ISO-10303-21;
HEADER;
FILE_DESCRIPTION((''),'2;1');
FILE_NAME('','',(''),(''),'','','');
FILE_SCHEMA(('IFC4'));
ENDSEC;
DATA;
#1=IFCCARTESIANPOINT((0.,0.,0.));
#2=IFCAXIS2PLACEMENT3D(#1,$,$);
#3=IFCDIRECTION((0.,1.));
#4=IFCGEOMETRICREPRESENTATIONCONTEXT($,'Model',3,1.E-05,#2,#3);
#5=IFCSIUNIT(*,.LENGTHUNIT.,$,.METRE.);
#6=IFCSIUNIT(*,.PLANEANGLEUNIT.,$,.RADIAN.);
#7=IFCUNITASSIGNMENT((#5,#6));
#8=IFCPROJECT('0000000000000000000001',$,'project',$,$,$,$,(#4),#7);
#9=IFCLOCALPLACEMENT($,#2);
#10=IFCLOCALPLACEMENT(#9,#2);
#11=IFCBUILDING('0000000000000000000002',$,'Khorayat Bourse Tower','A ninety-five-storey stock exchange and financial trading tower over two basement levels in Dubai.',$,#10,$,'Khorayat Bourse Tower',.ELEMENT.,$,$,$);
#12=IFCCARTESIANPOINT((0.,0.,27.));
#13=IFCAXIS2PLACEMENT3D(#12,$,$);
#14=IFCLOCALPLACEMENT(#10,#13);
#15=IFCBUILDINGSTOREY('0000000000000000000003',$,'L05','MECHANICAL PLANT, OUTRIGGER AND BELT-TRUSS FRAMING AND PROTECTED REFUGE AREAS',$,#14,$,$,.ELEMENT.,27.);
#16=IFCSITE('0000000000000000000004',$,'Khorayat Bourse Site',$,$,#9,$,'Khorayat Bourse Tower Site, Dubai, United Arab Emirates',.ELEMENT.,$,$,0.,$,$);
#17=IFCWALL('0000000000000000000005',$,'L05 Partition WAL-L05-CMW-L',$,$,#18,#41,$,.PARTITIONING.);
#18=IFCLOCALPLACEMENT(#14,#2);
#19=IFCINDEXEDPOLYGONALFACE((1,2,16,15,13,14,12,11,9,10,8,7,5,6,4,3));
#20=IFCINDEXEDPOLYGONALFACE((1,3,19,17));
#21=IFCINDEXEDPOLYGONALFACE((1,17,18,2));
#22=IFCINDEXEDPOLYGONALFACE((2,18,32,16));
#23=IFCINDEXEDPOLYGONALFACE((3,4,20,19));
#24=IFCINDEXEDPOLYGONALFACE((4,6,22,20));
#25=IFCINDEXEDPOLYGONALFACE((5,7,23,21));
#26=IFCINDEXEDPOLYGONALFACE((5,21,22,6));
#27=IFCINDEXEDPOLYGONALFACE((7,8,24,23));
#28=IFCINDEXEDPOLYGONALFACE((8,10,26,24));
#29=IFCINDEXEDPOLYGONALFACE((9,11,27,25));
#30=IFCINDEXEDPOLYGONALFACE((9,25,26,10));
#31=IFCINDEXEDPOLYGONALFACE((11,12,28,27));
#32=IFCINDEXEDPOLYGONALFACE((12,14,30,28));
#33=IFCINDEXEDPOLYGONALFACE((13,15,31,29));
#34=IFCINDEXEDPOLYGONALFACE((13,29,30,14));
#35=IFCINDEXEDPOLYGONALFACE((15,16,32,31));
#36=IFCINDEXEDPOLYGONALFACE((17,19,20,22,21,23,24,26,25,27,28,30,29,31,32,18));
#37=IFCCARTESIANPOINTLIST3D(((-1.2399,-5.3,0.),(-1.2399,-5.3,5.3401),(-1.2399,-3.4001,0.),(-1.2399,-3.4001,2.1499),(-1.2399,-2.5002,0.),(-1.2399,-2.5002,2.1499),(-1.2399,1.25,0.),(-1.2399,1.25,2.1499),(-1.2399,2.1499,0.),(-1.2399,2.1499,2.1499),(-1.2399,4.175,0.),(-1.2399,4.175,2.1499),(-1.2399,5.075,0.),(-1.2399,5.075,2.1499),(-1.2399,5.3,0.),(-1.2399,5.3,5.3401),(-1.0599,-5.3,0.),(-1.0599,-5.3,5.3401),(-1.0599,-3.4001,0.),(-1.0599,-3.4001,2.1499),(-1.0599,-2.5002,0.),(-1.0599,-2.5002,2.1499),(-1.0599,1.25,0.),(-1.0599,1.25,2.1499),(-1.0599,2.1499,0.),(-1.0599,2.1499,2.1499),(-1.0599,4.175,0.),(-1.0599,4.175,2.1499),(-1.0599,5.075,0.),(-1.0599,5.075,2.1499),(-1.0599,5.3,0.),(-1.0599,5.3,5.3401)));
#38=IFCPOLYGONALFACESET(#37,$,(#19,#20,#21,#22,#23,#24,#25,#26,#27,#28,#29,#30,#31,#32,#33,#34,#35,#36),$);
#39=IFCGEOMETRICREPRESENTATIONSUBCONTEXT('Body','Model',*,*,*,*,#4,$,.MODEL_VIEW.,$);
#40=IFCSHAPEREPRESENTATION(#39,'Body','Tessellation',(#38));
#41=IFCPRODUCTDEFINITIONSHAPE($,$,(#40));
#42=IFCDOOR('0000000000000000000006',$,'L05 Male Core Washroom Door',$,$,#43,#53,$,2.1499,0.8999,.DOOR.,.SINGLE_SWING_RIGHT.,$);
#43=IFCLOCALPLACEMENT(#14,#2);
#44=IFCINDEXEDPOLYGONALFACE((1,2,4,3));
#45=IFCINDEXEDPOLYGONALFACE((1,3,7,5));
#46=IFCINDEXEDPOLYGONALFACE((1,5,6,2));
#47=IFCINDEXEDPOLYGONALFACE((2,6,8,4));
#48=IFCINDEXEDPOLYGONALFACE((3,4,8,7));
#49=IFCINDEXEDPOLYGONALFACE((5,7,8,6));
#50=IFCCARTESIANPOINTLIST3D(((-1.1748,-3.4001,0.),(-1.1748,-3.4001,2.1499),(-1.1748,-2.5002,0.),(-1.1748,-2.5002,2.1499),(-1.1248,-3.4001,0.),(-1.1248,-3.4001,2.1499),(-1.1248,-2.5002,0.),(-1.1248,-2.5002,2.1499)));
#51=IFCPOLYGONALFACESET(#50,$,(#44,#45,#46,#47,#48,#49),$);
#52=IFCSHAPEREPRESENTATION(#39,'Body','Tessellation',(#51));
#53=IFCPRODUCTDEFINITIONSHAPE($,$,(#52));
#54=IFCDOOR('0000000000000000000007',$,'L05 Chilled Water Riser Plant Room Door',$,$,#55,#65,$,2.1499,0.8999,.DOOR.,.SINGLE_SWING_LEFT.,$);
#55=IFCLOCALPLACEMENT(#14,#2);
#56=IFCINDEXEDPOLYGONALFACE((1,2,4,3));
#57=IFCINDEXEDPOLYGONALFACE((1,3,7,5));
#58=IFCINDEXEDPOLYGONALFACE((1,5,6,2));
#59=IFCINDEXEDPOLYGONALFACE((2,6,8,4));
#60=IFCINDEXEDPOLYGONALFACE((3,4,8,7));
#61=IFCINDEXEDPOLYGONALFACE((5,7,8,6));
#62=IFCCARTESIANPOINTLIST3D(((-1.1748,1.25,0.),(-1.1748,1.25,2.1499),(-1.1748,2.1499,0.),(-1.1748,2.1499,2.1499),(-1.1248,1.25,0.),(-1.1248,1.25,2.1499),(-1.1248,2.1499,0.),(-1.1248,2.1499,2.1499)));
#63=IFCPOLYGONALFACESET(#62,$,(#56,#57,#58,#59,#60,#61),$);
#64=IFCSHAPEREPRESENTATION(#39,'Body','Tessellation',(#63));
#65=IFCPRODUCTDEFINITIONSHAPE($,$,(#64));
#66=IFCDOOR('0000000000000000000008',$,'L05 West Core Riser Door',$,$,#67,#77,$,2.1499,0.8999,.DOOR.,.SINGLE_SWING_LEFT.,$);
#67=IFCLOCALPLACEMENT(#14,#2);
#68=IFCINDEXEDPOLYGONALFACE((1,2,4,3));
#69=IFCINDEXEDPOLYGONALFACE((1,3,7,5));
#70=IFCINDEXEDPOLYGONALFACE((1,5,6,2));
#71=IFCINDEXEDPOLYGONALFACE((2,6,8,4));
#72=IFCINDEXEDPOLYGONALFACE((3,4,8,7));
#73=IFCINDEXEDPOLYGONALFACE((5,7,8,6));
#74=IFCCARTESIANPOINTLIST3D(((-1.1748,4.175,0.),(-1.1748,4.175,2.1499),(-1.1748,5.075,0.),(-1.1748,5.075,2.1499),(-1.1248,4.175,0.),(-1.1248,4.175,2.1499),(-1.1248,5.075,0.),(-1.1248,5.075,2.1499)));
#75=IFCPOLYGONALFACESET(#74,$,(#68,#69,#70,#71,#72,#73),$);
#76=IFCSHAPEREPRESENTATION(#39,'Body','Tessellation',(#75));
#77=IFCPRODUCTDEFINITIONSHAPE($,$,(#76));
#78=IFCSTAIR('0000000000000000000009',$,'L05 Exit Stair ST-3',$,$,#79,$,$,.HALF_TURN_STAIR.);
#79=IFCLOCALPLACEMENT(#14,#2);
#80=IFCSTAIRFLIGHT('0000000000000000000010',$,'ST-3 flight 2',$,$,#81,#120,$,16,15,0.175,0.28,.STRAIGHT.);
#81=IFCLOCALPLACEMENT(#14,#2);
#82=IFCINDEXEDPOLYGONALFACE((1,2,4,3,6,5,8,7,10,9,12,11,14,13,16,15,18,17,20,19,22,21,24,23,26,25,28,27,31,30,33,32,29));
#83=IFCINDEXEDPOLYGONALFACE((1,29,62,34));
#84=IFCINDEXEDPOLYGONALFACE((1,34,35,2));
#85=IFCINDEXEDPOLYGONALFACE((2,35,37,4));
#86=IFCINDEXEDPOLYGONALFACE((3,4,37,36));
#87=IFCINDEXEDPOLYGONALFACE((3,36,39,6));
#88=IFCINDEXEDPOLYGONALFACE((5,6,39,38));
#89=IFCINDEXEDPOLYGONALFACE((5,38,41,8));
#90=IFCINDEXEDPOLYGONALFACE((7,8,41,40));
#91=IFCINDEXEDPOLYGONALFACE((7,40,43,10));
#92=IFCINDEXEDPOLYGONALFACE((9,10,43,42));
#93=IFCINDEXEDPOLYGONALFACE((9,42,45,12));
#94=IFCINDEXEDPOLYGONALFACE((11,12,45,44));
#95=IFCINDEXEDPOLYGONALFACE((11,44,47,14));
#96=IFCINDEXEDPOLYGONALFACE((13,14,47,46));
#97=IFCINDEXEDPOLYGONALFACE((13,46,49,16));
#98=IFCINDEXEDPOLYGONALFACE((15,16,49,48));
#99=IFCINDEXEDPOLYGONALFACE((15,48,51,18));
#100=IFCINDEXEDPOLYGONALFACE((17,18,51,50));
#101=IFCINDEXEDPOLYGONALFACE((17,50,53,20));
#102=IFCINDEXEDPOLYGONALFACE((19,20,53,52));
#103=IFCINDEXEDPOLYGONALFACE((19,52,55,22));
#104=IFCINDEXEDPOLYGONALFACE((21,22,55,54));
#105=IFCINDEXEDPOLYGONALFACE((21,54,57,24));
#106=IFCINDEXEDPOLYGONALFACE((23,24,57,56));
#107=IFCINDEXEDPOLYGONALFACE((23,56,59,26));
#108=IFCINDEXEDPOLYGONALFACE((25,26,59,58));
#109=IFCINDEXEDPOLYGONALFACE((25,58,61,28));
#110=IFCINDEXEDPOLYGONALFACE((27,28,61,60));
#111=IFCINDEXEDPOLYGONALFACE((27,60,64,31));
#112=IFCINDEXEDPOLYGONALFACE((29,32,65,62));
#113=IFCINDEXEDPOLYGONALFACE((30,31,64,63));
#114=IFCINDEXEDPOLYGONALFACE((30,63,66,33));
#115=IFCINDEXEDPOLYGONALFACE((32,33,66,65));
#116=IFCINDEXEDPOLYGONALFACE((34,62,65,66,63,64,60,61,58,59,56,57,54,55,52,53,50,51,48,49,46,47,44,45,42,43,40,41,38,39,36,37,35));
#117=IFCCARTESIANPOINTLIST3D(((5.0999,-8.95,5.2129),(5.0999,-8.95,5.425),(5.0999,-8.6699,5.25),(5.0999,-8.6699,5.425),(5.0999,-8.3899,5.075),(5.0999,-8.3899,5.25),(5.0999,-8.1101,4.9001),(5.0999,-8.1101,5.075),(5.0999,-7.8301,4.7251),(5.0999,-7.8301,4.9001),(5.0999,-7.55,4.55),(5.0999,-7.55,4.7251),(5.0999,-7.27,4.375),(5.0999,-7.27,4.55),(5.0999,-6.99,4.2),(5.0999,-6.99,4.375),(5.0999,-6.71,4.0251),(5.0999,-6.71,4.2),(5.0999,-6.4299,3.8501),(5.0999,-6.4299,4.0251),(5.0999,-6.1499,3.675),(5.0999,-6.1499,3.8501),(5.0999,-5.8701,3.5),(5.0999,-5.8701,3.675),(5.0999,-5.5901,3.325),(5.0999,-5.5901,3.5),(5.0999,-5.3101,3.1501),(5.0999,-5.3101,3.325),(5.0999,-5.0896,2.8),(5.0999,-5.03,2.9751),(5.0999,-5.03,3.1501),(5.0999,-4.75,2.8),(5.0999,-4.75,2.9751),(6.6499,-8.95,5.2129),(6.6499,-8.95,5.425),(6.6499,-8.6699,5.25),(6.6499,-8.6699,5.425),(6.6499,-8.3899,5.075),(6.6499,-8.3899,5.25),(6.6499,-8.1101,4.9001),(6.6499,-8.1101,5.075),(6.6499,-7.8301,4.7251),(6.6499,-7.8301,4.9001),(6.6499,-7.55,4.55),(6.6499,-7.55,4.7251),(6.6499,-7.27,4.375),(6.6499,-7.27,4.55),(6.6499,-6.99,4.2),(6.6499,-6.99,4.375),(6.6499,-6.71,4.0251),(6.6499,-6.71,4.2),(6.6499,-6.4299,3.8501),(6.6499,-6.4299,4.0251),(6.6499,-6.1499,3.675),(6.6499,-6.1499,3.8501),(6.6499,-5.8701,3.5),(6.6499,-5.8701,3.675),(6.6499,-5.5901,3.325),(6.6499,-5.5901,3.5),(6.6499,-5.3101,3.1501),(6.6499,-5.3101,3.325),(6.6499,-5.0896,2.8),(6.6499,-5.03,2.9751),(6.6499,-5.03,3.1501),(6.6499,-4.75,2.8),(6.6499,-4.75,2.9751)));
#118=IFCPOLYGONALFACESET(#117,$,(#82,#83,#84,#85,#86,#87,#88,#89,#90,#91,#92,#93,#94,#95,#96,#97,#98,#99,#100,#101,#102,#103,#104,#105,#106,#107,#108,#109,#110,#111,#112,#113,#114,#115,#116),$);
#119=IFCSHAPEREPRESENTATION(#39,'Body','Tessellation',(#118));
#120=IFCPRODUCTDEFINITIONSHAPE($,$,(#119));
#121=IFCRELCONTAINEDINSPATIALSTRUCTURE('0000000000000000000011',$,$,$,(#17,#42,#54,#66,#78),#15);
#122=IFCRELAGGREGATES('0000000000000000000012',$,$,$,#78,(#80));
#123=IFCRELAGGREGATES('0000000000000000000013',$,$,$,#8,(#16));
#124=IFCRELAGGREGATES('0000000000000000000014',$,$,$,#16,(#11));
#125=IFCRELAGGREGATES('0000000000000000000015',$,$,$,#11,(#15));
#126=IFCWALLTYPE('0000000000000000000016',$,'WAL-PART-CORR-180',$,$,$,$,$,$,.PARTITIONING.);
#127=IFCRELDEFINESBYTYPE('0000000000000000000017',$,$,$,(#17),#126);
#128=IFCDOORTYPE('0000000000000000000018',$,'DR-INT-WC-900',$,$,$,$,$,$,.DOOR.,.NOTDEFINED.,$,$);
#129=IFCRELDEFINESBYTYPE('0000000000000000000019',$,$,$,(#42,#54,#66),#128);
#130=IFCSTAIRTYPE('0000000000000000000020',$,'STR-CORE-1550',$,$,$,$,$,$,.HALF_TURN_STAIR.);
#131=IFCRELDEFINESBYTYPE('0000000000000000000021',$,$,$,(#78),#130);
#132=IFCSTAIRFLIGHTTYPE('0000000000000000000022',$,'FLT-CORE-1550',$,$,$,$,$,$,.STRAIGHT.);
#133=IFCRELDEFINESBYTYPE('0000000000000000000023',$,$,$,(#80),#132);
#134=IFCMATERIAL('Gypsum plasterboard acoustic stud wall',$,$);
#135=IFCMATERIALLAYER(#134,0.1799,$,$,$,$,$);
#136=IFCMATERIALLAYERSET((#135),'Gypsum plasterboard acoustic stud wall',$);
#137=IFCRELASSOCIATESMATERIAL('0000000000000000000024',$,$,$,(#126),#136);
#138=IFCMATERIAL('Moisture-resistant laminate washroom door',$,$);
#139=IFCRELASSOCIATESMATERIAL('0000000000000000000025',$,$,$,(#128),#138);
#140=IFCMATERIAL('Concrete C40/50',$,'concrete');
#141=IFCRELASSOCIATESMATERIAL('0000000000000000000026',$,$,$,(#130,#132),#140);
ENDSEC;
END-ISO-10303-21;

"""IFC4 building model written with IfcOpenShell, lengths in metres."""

from ifc_helpers import new_model, si_unit, direction, frame, frame_2d, origin, place, context, subcontext, project, spatial, polyline, rectangle, outline, extrude, source, transform, mapped, material, layer, layer_set, type_object, element, fill, aggregate, save


model = new_model("IFC4")

# Units and contexts
model_context = context("Model", 3, precision=1e-05, world=origin(), true_north=direction((0.0, 1.0)))
body_context = subcontext(model_context, "Body", "Model", "MODEL_VIEW")
ifc_project = project(units=[si_unit("LENGTHUNIT", "METRE"), si_unit("PLANEANGLEUNIT", "RADIAN")], contexts=[model_context])

# Site, building, storey
site_placement = place(None, origin())
site = spatial("IfcSite", under=ifc_project, at=site_placement, Name="Khorayat Bourse Site", LongName="Khorayat Bourse Tower Site, Dubai, United Arab Emirates", CompositionType="ELEMENT", RefElevation=0.0)
building_placement = place(site_placement, origin())
building = spatial("IfcBuilding", under=site, at=building_placement, Name="Khorayat Bourse Tower", Description="A ninety-five-storey stock exchange and financial trading tower over two basement levels in Dubai.", LongName="Khorayat Bourse Tower", CompositionType="ELEMENT")
storey_placement = place(building_placement, frame((0.0, 0.0, 27.0)))
storey = spatial("IfcBuildingStorey", under=building, at=storey_placement, Name="L05", Description="MECHANICAL PLANT, OUTRIGGER AND BELT-TRUSS FRAMING AND PROTECTED REFUGE AREAS", CompositionType="ELEMENT", Elevation=27.0)

# Wall, openings, doors
ifc_material_1 = material(Name="Gypsum plasterboard acoustic stud wall")
ifc_layer_1 = layer(ifc_material_1, 0.1799)
ifc_layer_set_1 = layer_set([ifc_layer_1], Name="Gypsum plasterboard acoustic stud wall")
wall_type_1 = type_object("IfcWallType", Name="WAL-PART-CORR-180", PredefinedType="PARTITIONING", material=ifc_layer_set_1)
shared_shape_1 = source(origin(), body_context, "Body", "SweptSolid", [
    extrude(rectangle(XDim=10.6001, YDim=0.1799, at=frame_2d((5.3, 0.0))), origin(), (0.0, 0.0, 1.0), 5.3401),
])
wall_1_placement = place(storey_placement, frame((-1.1499, -5.3, 0.0), z_axis=(0.0, 0.0, 1.0), x_axis=(0.0, 1.0, 0.0)))
wall_1 = element("IfcWall", 1, at=wall_1_placement, inside=storey, type_object=wall_type_1, Name="L05 Partition WAL-L05-CMW-L", PredefinedType="PARTITIONING", context=body_context, shape_type="MappedRepresentation", body=[
    mapped(shared_shape_1, transform((0.0, 0.0, 0.0), scale=1.0)),
])
shared_shape_2 = source(origin(), body_context, "Body", "SweptSolid", [
    extrude(rectangle(XDim=0.8999, YDim=2.1499, at=frame_2d((0.45, 1.075))), frame((0.0, 0.0999, 0.0), z_axis=(0.0, -1.0, 0.0), x_axis=(1.0, 0.0, 0.0)), (0.0, 0.0, 1.0), 0.2),
])
opening_1_placement = place(wall_1_placement, frame((1.8999, 0.0, 0.0)))
opening_1 = element("IfcOpeningElement", 2, at=opening_1_placement, cuts=wall_1, PredefinedType="OPENING", context=body_context, shape_type="MappedRepresentation", body=[
    mapped(shared_shape_2, transform((0.0, 0.0, 0.0), scale=1.0)),
])
opening_2_placement = place(wall_1_placement, frame((6.55, 0.0, 0.0)))
opening_2 = element("IfcOpeningElement", 3, at=opening_2_placement, cuts=wall_1, PredefinedType="OPENING", context=body_context, shape_type="MappedRepresentation", body=[
    mapped(shared_shape_2, transform((0.0, 0.0, 0.0), scale=1.0)),
])
opening_3_placement = place(wall_1_placement, frame((9.4751, 0.0, 0.0)))
opening_3 = element("IfcOpeningElement", 4, at=opening_3_placement, cuts=wall_1, PredefinedType="OPENING", context=body_context, shape_type="MappedRepresentation", body=[
    mapped(shared_shape_2, transform((0.0, 0.0, 0.0), scale=1.0)),
])
ifc_material_2 = material(Name="Moisture-resistant laminate washroom door")
door_type = type_object("IfcDoorType", Name="DR-INT-WC-900", OperationType="NOTDEFINED", PredefinedType="DOOR", material=ifc_material_2)
shared_shape_3 = source(origin(), body_context, "Body", "SweptSolid", [
    extrude(rectangle(XDim=0.8999, YDim=2.1499, at=frame_2d((0.45, 1.075))), frame((0.0, 0.0249, 0.0), z_axis=(0.0, -1.0, 0.0), x_axis=(1.0, 0.0, 0.0)), (0.0, 0.0, 1.0), 0.05),
])
door_1_placement = place(opening_1_placement, origin())
door_1 = element("IfcDoor", 5, at=door_1_placement, inside=storey, type_object=door_type, Name="L05 Male Core Washroom Door", OperationType="SINGLE_SWING_RIGHT", OverallHeight=2.1499, OverallWidth=0.8999, PredefinedType="DOOR", context=body_context, shape_type="MappedRepresentation", body=[
    mapped(shared_shape_3, transform((0.0, 0.0, 0.0), scale=1.0)),
])
fill(opening_1, door_1)
door_2_placement = place(opening_2_placement, origin())
door_2 = element("IfcDoor", 6, at=door_2_placement, inside=storey, type_object=door_type, Name="L05 Chilled Water Riser Plant Room Door", OperationType="SINGLE_SWING_LEFT", OverallHeight=2.1499, OverallWidth=0.8999, PredefinedType="DOOR", context=body_context, shape_type="MappedRepresentation", body=[
    mapped(shared_shape_3, transform((0.0, 0.0, 0.0), scale=1.0)),
])
fill(opening_2, door_2)
door_3_placement = place(opening_3_placement, origin())
door_3 = element("IfcDoor", 7, at=door_3_placement, inside=storey, type_object=door_type, Name="L05 West Core Riser Door", OperationType="SINGLE_SWING_LEFT", OverallHeight=2.1499, OverallWidth=0.8999, PredefinedType="DOOR", context=body_context, shape_type="MappedRepresentation", body=[
    mapped(shared_shape_3, transform((0.0, 0.0, 0.0), scale=1.0)),
])
fill(opening_3, door_3)

# Stair, stair flight
ifc_material_3 = material(Name="Concrete C40/50", Category="concrete")
stair_type = type_object("IfcStairType", Name="STR-CORE-1550", PredefinedType="HALF_TURN_STAIR", material=ifc_material_3)
stair_placement = place(storey_placement, origin())
stair = element("IfcStair", 8, at=stair_placement, inside=storey, type_object=stair_type, Name="L05 Exit Stair ST-3", PredefinedType="HALF_TURN_STAIR")
stair_flight_type = type_object("IfcStairFlightType", Name="FLT-CORE-1550", PredefinedType="STRAIGHT", material=ifc_material_3)
shared_shape_4 = source(origin(), body_context, "Body", "SweptSolid", [
    extrude(outline(polyline([(0.0, 0.0), (0.0, 0.175), (0.28, 0.175), (0.28, 0.3501), (0.5601, 0.3501), (0.5601, 0.5249), (0.8401, 0.5249), (0.8401, 0.7), (1.1201, 0.7), (1.1201, 0.875), (1.3999, 0.875), (1.3999, 1.05), (1.6799, 1.05), (1.6799, 1.2251), (1.96, 1.2251), (1.96, 1.3999), (2.24, 1.3999), (2.24, 1.575), (2.52, 1.575), (2.52, 1.75), (2.8, 1.75), (2.8, 1.925), (3.0801, 1.925), (3.0801, 2.1001), (3.3601, 2.1001), (3.3601, 2.2749), (3.6399, 2.2749), (3.6399, 2.45), (3.9199, 2.45), (3.9199, 2.625), (4.2, 2.625), (4.2, 2.8), (4.2, 2.4128), (0.3396, 0.0), (0.0, 0.0)])), frame((0.0, 0.7749, 0.0), z_axis=(0.0, -1.0, 0.0), x_axis=(1.0, 0.0, 0.0)), (0.0, 0.0, 1.0), 1.55),
])
stair_flight_placement = place(storey_placement, frame((5.875, -4.75, 2.8), z_axis=(0.0, 0.0, 1.0), x_axis=(0.0, -1.0, 0.0)))
stair_flight = element("IfcStairFlight", 9, at=stair_flight_placement, type_object=stair_flight_type, Name="ST-3 flight 2", NumberOfRisers=16, NumberOfTreads=15, PredefinedType="STRAIGHT", RiserHeight=0.175, TreadLength=0.28, context=body_context, shape_type="MappedRepresentation", body=[
    mapped(shared_shape_4, transform((0.0, 0.0, 0.0), scale=1.0)),
])
aggregate(stair, [stair_flight])

save(model, "model.ifc")
